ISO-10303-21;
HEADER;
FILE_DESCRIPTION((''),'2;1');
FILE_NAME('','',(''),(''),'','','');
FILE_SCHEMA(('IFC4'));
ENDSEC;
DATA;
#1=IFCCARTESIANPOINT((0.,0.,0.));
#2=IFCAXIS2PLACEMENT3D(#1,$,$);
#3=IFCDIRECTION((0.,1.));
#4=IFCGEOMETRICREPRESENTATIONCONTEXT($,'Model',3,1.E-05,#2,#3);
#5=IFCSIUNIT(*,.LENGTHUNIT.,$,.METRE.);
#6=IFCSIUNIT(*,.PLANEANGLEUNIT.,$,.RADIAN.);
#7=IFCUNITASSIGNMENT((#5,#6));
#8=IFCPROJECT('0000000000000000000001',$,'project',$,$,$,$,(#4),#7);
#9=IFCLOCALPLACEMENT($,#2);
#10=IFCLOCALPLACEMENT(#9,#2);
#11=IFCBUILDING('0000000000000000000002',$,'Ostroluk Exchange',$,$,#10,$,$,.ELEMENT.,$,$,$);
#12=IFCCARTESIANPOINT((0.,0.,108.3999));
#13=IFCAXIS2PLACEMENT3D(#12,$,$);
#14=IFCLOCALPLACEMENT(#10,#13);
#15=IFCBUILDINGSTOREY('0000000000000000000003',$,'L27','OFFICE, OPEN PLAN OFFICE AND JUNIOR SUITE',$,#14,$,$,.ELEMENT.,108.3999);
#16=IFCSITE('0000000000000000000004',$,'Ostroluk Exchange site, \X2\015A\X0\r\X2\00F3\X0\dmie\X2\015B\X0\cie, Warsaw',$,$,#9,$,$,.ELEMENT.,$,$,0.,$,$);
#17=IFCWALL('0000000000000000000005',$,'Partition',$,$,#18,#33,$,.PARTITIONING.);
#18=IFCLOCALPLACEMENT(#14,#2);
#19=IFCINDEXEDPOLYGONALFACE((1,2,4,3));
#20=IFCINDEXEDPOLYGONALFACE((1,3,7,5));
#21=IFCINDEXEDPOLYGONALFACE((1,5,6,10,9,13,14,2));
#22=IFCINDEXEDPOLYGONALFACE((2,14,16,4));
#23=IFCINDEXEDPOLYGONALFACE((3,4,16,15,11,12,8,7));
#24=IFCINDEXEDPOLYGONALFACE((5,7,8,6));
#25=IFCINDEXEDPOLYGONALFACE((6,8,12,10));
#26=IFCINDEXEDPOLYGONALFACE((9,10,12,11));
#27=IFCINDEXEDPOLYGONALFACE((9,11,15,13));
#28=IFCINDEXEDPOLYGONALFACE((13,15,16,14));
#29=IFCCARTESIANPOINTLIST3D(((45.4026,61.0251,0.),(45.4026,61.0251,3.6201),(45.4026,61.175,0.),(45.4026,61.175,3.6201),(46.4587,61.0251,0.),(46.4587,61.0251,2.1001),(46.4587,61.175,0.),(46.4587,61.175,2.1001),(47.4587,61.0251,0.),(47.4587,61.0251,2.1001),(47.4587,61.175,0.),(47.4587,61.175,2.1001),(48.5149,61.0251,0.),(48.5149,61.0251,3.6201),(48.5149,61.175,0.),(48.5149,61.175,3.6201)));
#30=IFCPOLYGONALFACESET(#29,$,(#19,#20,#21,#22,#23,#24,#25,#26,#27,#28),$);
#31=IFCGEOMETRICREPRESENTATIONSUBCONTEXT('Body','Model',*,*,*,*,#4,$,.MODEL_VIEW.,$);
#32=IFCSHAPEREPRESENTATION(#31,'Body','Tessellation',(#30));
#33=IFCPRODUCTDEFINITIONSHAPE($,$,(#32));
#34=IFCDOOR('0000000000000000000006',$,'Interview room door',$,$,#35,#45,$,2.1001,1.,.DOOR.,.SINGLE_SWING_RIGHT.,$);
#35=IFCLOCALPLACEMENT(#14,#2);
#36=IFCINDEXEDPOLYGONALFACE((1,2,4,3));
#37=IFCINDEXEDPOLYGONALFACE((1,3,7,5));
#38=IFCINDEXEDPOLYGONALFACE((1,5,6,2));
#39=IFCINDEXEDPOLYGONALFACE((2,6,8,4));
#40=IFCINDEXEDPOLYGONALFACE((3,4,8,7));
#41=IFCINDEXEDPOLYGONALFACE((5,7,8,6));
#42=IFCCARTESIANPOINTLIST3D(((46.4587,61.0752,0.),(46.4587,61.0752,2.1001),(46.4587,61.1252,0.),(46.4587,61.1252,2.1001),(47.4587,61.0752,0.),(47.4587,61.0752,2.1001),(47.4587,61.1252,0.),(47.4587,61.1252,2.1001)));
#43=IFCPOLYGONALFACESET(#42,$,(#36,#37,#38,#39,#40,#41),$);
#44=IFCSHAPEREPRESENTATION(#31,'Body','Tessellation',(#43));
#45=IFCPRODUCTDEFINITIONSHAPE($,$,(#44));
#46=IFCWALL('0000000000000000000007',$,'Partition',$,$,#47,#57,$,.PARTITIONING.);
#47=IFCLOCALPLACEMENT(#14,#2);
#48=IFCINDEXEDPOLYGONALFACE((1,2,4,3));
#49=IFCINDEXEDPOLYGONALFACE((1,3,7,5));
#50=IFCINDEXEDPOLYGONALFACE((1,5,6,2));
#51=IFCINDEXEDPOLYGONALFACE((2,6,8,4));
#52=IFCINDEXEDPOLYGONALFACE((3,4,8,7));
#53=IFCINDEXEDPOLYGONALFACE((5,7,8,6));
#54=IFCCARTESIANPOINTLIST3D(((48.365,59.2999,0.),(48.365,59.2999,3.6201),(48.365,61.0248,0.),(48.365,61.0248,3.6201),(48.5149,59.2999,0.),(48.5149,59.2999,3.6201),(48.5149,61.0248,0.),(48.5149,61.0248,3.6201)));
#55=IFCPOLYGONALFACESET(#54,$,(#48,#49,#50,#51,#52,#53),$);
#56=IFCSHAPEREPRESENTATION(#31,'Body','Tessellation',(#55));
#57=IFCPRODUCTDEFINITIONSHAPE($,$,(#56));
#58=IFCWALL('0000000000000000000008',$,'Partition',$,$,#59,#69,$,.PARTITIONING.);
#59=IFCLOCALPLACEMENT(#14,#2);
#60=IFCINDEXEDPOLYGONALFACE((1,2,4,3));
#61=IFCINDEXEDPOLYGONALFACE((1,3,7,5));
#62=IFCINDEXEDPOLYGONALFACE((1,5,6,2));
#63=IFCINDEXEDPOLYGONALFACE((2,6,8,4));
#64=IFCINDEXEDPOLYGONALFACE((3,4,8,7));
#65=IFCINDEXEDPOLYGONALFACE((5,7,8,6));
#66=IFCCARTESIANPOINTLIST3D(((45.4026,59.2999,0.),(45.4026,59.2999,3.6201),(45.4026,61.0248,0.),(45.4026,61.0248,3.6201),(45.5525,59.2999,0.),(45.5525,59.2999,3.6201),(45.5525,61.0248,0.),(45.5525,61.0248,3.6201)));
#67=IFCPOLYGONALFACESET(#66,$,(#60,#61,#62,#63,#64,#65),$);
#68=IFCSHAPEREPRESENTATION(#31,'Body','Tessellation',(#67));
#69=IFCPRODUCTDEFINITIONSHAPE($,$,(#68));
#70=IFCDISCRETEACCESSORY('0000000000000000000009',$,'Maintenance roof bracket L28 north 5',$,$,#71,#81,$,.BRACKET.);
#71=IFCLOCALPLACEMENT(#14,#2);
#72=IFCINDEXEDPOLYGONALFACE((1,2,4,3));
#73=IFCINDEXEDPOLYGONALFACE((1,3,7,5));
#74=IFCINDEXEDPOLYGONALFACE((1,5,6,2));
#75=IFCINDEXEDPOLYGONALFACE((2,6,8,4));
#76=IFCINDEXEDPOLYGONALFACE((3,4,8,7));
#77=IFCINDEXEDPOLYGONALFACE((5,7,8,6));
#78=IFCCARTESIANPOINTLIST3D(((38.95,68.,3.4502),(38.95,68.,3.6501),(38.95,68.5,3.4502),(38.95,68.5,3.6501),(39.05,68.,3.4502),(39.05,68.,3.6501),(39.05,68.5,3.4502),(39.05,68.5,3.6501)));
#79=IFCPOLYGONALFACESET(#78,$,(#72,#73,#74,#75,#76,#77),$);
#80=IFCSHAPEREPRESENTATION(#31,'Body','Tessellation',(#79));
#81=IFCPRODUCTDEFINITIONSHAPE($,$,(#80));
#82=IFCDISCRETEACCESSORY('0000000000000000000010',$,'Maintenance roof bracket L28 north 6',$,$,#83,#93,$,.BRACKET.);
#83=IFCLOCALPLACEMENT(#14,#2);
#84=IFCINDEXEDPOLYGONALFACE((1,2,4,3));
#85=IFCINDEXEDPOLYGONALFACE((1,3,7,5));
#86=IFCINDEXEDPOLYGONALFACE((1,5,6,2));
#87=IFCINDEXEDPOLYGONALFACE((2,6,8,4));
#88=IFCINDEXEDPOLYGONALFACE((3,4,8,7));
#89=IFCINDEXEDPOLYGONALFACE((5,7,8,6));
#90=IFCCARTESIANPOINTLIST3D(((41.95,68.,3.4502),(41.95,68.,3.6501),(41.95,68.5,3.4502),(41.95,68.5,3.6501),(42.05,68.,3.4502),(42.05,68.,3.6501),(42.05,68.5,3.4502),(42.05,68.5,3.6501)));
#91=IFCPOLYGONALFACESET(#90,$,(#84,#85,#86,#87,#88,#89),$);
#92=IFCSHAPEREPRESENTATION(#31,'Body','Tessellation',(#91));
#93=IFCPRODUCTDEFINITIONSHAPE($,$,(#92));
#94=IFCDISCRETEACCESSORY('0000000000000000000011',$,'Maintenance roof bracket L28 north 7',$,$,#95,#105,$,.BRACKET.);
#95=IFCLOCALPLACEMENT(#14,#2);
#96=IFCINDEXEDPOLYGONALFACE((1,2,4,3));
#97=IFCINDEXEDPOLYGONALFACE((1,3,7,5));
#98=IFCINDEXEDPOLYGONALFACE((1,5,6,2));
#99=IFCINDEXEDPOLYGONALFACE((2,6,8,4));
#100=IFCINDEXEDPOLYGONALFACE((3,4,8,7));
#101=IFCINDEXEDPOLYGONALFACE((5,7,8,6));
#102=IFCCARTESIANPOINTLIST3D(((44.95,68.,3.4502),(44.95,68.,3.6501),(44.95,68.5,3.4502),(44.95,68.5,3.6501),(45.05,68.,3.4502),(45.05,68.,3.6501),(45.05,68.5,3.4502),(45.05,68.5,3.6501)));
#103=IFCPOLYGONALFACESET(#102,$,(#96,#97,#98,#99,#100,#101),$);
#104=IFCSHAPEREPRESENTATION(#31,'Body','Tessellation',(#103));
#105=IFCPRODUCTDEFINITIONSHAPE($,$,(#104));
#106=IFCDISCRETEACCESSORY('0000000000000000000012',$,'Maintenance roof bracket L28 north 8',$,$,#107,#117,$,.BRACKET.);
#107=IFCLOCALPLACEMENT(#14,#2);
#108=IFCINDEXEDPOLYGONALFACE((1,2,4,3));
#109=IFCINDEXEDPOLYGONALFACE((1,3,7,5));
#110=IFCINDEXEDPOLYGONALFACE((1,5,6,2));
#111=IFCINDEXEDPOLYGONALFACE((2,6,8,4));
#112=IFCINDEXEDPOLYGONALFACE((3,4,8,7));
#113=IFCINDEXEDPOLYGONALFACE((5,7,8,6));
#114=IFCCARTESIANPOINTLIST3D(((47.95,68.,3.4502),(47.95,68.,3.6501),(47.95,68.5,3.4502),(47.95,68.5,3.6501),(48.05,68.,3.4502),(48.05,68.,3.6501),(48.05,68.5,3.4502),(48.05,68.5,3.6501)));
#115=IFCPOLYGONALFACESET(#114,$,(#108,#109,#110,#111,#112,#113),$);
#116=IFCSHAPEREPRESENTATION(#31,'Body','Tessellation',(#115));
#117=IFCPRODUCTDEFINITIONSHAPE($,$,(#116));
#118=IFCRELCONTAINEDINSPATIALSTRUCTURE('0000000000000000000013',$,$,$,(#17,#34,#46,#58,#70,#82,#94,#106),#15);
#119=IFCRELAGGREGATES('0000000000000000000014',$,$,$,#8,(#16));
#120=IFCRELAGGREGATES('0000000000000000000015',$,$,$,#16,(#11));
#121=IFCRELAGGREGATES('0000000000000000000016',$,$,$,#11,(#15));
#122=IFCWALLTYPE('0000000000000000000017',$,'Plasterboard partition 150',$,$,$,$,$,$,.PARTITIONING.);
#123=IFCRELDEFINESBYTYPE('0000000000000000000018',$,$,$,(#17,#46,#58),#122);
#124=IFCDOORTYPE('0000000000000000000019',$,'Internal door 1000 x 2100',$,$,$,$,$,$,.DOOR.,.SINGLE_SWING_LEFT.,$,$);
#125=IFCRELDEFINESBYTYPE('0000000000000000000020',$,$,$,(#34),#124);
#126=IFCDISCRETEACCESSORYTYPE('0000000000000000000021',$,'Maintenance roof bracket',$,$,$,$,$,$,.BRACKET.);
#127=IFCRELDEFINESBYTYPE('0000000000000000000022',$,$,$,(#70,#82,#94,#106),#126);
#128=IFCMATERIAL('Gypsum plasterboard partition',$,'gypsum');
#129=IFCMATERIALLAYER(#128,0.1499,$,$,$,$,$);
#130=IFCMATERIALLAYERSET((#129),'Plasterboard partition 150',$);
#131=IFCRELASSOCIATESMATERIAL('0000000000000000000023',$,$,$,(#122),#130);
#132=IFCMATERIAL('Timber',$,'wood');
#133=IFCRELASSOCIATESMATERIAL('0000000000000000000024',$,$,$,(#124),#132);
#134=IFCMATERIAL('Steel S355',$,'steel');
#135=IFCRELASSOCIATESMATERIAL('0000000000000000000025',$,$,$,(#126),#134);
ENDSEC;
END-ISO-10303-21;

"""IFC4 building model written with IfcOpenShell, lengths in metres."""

from ifc_helpers import new_model, si_unit, direction, frame, frame_2d, origin, origin_2d, place, context, subcontext, project, spatial, rectangle, extrude, material, layer, layer_set, type_object, element, fill, save


model = new_model("IFC4")

# Units and contexts
model_context = context("Model", 3, precision=1e-05, world=origin(), true_north=direction((0.0, 1.0)))
body_context = subcontext(model_context, "Body", "Model", "MODEL_VIEW")
ifc_project = project(units=[si_unit("LENGTHUNIT", "METRE"), si_unit("PLANEANGLEUNIT", "RADIAN")], contexts=[model_context])

# Site, building, storey
site_placement = place(None, origin())
site = spatial("IfcSite", under=ifc_project, at=site_placement, Name="Ostroluk Exchange site, Śródmieście, Warsaw", CompositionType="ELEMENT", RefElevation=0.0)
building_placement = place(site_placement, origin())
building = spatial("IfcBuilding", under=site, at=building_placement, Name="Ostroluk Exchange", CompositionType="ELEMENT")
storey_placement = place(building_placement, frame((0.0, 0.0, 108.3999)))
storey = spatial("IfcBuildingStorey", under=building, at=storey_placement, Name="L27", Description="OFFICE, OPEN PLAN OFFICE AND JUNIOR SUITE", CompositionType="ELEMENT", Elevation=108.3999)

# Wall, opening, door
ifc_material_1 = material(Name="Gypsum plasterboard partition", Category="gypsum")
ifc_layer_1 = layer(ifc_material_1, 0.1499)
ifc_layer_set_1 = layer_set([ifc_layer_1], Name="Plasterboard partition 150")
wall_type = type_object("IfcWallType", Name="Plasterboard partition 150", PredefinedType="PARTITIONING", material=ifc_layer_set_1)
wall_placement = place(storey_placement, frame((48.5149, 61.1001, 0.0), z_axis=(0.0, 0.0, 1.0), x_axis=(-1.0, 0.0, 0.0)))
wall = element("IfcWall", 1, at=wall_placement, inside=storey, type_object=wall_type, Name="Partition", PredefinedType="PARTITIONING", context=body_context, shape_type="SweptSolid", body=[
    extrude(rectangle(XDim=3.1123, YDim=0.1499, at=frame_2d((1.5562, 0.0))), origin(), (0.0, 0.0, 1.0), 3.6201),
])
opening_placement = place(wall_placement, frame((1.0562, 0.0, 0.0)))
opening = element("IfcOpeningElement", 2, at=opening_placement, cuts=wall, PredefinedType="OPENING", context=body_context, shape_type="SweptSolid", body=[
    extrude(rectangle(XDim=1.0, YDim=2.1001, at=frame_2d((0.5, 1.05))), frame((0.0, 0.085, 0.0), z_axis=(0.0, -1.0, 0.0), x_axis=(1.0, 0.0, 0.0)), (0.0, 0.0, 1.0), 0.1699),
])
ifc_material_2 = material(Name="Timber", Category="wood")
door_type = type_object("IfcDoorType", Name="Internal door 1000 x 2100", OperationType="SINGLE_SWING_LEFT", PredefinedType="DOOR", material=ifc_material_2)
door_placement = place(opening_placement, origin())
door = element("IfcDoor", 3, at=door_placement, inside=storey, type_object=door_type, Name="Interview room door", OperationType="SINGLE_SWING_RIGHT", OverallHeight=2.1001, OverallWidth=1.0, PredefinedType="DOOR", context=body_context, shape_type="SweptSolid", body=[
    extrude(rectangle(XDim=1.0, YDim=2.1001, at=frame_2d((0.5, 1.05))), frame((0.0, 0.0249, 0.0), z_axis=(0.0, -1.0, 0.0), x_axis=(1.0, 0.0, 0.0)), (0.0, 0.0, 1.0), 0.05),
])
fill(opening, door)

# Walls
for number, where, z_axis, x_axis, name in (
    (4, (48.4399, 59.3, 0.0), (0.0, 0.0, 1.0), (0.0, 1.0, 0.0), "Partition"),
    (5, (45.4775, 59.3, 0.0), (0.0, 0.0, 1.0), (0.0, 1.0, 0.0), "Partition"),
):
    element("IfcWall", number, at=place(storey_placement, frame(where, z_axis=z_axis, x_axis=x_axis)), inside=storey, type_object=wall_type, Name=name, PredefinedType="PARTITIONING", context=body_context, shape_type="SweptSolid", body=[
        extrude(rectangle(XDim=1.7249, YDim=0.1499, at=frame_2d((0.8623, 0.0))), origin(), (0.0, 0.0, 1.0), 3.6201),
    ])

# Discrete accessories
ifc_material_3 = material(Name="Steel S355", Category="steel")
discrete_accessory_type = type_object("IfcDiscreteAccessoryType", Name="Maintenance roof bracket", PredefinedType="BRACKET", material=ifc_material_3)
for number, where, z_axis, x_axis, name in (
    (6, (39.0, 68.25, 3.4502), (0.0, 0.0, 1.0), (1.0, 0.0, 0.0), "Maintenance roof bracket L28 north 5"),
    (7, (42.0, 68.25, 3.4502), (0.0, 0.0, 1.0), (1.0, 0.0, 0.0), "Maintenance roof bracket L28 north 6"),
    (8, (45.0, 68.25, 3.4502), (0.0, 0.0, 1.0), (1.0, 0.0, 0.0), "Maintenance roof bracket L28 north 7"),
    (9, (48.0, 68.25, 3.4502), (0.0, 0.0, 1.0), (1.0, 0.0, 0.0), "Maintenance roof bracket L28 north 8"),
):
    element("IfcDiscreteAccessory", number, at=place(storey_placement, frame(where, z_axis=z_axis, x_axis=x_axis)), inside=storey, type_object=discrete_accessory_type, Name=name, PredefinedType="BRACKET", context=body_context, shape_type="SweptSolid", body=[
        extrude(rectangle(XDim=0.1001, YDim=0.5, at=origin_2d()), origin(), (0.0, 0.0, 1.0), 0.2),
    ])

save(model, "model.ifc")
